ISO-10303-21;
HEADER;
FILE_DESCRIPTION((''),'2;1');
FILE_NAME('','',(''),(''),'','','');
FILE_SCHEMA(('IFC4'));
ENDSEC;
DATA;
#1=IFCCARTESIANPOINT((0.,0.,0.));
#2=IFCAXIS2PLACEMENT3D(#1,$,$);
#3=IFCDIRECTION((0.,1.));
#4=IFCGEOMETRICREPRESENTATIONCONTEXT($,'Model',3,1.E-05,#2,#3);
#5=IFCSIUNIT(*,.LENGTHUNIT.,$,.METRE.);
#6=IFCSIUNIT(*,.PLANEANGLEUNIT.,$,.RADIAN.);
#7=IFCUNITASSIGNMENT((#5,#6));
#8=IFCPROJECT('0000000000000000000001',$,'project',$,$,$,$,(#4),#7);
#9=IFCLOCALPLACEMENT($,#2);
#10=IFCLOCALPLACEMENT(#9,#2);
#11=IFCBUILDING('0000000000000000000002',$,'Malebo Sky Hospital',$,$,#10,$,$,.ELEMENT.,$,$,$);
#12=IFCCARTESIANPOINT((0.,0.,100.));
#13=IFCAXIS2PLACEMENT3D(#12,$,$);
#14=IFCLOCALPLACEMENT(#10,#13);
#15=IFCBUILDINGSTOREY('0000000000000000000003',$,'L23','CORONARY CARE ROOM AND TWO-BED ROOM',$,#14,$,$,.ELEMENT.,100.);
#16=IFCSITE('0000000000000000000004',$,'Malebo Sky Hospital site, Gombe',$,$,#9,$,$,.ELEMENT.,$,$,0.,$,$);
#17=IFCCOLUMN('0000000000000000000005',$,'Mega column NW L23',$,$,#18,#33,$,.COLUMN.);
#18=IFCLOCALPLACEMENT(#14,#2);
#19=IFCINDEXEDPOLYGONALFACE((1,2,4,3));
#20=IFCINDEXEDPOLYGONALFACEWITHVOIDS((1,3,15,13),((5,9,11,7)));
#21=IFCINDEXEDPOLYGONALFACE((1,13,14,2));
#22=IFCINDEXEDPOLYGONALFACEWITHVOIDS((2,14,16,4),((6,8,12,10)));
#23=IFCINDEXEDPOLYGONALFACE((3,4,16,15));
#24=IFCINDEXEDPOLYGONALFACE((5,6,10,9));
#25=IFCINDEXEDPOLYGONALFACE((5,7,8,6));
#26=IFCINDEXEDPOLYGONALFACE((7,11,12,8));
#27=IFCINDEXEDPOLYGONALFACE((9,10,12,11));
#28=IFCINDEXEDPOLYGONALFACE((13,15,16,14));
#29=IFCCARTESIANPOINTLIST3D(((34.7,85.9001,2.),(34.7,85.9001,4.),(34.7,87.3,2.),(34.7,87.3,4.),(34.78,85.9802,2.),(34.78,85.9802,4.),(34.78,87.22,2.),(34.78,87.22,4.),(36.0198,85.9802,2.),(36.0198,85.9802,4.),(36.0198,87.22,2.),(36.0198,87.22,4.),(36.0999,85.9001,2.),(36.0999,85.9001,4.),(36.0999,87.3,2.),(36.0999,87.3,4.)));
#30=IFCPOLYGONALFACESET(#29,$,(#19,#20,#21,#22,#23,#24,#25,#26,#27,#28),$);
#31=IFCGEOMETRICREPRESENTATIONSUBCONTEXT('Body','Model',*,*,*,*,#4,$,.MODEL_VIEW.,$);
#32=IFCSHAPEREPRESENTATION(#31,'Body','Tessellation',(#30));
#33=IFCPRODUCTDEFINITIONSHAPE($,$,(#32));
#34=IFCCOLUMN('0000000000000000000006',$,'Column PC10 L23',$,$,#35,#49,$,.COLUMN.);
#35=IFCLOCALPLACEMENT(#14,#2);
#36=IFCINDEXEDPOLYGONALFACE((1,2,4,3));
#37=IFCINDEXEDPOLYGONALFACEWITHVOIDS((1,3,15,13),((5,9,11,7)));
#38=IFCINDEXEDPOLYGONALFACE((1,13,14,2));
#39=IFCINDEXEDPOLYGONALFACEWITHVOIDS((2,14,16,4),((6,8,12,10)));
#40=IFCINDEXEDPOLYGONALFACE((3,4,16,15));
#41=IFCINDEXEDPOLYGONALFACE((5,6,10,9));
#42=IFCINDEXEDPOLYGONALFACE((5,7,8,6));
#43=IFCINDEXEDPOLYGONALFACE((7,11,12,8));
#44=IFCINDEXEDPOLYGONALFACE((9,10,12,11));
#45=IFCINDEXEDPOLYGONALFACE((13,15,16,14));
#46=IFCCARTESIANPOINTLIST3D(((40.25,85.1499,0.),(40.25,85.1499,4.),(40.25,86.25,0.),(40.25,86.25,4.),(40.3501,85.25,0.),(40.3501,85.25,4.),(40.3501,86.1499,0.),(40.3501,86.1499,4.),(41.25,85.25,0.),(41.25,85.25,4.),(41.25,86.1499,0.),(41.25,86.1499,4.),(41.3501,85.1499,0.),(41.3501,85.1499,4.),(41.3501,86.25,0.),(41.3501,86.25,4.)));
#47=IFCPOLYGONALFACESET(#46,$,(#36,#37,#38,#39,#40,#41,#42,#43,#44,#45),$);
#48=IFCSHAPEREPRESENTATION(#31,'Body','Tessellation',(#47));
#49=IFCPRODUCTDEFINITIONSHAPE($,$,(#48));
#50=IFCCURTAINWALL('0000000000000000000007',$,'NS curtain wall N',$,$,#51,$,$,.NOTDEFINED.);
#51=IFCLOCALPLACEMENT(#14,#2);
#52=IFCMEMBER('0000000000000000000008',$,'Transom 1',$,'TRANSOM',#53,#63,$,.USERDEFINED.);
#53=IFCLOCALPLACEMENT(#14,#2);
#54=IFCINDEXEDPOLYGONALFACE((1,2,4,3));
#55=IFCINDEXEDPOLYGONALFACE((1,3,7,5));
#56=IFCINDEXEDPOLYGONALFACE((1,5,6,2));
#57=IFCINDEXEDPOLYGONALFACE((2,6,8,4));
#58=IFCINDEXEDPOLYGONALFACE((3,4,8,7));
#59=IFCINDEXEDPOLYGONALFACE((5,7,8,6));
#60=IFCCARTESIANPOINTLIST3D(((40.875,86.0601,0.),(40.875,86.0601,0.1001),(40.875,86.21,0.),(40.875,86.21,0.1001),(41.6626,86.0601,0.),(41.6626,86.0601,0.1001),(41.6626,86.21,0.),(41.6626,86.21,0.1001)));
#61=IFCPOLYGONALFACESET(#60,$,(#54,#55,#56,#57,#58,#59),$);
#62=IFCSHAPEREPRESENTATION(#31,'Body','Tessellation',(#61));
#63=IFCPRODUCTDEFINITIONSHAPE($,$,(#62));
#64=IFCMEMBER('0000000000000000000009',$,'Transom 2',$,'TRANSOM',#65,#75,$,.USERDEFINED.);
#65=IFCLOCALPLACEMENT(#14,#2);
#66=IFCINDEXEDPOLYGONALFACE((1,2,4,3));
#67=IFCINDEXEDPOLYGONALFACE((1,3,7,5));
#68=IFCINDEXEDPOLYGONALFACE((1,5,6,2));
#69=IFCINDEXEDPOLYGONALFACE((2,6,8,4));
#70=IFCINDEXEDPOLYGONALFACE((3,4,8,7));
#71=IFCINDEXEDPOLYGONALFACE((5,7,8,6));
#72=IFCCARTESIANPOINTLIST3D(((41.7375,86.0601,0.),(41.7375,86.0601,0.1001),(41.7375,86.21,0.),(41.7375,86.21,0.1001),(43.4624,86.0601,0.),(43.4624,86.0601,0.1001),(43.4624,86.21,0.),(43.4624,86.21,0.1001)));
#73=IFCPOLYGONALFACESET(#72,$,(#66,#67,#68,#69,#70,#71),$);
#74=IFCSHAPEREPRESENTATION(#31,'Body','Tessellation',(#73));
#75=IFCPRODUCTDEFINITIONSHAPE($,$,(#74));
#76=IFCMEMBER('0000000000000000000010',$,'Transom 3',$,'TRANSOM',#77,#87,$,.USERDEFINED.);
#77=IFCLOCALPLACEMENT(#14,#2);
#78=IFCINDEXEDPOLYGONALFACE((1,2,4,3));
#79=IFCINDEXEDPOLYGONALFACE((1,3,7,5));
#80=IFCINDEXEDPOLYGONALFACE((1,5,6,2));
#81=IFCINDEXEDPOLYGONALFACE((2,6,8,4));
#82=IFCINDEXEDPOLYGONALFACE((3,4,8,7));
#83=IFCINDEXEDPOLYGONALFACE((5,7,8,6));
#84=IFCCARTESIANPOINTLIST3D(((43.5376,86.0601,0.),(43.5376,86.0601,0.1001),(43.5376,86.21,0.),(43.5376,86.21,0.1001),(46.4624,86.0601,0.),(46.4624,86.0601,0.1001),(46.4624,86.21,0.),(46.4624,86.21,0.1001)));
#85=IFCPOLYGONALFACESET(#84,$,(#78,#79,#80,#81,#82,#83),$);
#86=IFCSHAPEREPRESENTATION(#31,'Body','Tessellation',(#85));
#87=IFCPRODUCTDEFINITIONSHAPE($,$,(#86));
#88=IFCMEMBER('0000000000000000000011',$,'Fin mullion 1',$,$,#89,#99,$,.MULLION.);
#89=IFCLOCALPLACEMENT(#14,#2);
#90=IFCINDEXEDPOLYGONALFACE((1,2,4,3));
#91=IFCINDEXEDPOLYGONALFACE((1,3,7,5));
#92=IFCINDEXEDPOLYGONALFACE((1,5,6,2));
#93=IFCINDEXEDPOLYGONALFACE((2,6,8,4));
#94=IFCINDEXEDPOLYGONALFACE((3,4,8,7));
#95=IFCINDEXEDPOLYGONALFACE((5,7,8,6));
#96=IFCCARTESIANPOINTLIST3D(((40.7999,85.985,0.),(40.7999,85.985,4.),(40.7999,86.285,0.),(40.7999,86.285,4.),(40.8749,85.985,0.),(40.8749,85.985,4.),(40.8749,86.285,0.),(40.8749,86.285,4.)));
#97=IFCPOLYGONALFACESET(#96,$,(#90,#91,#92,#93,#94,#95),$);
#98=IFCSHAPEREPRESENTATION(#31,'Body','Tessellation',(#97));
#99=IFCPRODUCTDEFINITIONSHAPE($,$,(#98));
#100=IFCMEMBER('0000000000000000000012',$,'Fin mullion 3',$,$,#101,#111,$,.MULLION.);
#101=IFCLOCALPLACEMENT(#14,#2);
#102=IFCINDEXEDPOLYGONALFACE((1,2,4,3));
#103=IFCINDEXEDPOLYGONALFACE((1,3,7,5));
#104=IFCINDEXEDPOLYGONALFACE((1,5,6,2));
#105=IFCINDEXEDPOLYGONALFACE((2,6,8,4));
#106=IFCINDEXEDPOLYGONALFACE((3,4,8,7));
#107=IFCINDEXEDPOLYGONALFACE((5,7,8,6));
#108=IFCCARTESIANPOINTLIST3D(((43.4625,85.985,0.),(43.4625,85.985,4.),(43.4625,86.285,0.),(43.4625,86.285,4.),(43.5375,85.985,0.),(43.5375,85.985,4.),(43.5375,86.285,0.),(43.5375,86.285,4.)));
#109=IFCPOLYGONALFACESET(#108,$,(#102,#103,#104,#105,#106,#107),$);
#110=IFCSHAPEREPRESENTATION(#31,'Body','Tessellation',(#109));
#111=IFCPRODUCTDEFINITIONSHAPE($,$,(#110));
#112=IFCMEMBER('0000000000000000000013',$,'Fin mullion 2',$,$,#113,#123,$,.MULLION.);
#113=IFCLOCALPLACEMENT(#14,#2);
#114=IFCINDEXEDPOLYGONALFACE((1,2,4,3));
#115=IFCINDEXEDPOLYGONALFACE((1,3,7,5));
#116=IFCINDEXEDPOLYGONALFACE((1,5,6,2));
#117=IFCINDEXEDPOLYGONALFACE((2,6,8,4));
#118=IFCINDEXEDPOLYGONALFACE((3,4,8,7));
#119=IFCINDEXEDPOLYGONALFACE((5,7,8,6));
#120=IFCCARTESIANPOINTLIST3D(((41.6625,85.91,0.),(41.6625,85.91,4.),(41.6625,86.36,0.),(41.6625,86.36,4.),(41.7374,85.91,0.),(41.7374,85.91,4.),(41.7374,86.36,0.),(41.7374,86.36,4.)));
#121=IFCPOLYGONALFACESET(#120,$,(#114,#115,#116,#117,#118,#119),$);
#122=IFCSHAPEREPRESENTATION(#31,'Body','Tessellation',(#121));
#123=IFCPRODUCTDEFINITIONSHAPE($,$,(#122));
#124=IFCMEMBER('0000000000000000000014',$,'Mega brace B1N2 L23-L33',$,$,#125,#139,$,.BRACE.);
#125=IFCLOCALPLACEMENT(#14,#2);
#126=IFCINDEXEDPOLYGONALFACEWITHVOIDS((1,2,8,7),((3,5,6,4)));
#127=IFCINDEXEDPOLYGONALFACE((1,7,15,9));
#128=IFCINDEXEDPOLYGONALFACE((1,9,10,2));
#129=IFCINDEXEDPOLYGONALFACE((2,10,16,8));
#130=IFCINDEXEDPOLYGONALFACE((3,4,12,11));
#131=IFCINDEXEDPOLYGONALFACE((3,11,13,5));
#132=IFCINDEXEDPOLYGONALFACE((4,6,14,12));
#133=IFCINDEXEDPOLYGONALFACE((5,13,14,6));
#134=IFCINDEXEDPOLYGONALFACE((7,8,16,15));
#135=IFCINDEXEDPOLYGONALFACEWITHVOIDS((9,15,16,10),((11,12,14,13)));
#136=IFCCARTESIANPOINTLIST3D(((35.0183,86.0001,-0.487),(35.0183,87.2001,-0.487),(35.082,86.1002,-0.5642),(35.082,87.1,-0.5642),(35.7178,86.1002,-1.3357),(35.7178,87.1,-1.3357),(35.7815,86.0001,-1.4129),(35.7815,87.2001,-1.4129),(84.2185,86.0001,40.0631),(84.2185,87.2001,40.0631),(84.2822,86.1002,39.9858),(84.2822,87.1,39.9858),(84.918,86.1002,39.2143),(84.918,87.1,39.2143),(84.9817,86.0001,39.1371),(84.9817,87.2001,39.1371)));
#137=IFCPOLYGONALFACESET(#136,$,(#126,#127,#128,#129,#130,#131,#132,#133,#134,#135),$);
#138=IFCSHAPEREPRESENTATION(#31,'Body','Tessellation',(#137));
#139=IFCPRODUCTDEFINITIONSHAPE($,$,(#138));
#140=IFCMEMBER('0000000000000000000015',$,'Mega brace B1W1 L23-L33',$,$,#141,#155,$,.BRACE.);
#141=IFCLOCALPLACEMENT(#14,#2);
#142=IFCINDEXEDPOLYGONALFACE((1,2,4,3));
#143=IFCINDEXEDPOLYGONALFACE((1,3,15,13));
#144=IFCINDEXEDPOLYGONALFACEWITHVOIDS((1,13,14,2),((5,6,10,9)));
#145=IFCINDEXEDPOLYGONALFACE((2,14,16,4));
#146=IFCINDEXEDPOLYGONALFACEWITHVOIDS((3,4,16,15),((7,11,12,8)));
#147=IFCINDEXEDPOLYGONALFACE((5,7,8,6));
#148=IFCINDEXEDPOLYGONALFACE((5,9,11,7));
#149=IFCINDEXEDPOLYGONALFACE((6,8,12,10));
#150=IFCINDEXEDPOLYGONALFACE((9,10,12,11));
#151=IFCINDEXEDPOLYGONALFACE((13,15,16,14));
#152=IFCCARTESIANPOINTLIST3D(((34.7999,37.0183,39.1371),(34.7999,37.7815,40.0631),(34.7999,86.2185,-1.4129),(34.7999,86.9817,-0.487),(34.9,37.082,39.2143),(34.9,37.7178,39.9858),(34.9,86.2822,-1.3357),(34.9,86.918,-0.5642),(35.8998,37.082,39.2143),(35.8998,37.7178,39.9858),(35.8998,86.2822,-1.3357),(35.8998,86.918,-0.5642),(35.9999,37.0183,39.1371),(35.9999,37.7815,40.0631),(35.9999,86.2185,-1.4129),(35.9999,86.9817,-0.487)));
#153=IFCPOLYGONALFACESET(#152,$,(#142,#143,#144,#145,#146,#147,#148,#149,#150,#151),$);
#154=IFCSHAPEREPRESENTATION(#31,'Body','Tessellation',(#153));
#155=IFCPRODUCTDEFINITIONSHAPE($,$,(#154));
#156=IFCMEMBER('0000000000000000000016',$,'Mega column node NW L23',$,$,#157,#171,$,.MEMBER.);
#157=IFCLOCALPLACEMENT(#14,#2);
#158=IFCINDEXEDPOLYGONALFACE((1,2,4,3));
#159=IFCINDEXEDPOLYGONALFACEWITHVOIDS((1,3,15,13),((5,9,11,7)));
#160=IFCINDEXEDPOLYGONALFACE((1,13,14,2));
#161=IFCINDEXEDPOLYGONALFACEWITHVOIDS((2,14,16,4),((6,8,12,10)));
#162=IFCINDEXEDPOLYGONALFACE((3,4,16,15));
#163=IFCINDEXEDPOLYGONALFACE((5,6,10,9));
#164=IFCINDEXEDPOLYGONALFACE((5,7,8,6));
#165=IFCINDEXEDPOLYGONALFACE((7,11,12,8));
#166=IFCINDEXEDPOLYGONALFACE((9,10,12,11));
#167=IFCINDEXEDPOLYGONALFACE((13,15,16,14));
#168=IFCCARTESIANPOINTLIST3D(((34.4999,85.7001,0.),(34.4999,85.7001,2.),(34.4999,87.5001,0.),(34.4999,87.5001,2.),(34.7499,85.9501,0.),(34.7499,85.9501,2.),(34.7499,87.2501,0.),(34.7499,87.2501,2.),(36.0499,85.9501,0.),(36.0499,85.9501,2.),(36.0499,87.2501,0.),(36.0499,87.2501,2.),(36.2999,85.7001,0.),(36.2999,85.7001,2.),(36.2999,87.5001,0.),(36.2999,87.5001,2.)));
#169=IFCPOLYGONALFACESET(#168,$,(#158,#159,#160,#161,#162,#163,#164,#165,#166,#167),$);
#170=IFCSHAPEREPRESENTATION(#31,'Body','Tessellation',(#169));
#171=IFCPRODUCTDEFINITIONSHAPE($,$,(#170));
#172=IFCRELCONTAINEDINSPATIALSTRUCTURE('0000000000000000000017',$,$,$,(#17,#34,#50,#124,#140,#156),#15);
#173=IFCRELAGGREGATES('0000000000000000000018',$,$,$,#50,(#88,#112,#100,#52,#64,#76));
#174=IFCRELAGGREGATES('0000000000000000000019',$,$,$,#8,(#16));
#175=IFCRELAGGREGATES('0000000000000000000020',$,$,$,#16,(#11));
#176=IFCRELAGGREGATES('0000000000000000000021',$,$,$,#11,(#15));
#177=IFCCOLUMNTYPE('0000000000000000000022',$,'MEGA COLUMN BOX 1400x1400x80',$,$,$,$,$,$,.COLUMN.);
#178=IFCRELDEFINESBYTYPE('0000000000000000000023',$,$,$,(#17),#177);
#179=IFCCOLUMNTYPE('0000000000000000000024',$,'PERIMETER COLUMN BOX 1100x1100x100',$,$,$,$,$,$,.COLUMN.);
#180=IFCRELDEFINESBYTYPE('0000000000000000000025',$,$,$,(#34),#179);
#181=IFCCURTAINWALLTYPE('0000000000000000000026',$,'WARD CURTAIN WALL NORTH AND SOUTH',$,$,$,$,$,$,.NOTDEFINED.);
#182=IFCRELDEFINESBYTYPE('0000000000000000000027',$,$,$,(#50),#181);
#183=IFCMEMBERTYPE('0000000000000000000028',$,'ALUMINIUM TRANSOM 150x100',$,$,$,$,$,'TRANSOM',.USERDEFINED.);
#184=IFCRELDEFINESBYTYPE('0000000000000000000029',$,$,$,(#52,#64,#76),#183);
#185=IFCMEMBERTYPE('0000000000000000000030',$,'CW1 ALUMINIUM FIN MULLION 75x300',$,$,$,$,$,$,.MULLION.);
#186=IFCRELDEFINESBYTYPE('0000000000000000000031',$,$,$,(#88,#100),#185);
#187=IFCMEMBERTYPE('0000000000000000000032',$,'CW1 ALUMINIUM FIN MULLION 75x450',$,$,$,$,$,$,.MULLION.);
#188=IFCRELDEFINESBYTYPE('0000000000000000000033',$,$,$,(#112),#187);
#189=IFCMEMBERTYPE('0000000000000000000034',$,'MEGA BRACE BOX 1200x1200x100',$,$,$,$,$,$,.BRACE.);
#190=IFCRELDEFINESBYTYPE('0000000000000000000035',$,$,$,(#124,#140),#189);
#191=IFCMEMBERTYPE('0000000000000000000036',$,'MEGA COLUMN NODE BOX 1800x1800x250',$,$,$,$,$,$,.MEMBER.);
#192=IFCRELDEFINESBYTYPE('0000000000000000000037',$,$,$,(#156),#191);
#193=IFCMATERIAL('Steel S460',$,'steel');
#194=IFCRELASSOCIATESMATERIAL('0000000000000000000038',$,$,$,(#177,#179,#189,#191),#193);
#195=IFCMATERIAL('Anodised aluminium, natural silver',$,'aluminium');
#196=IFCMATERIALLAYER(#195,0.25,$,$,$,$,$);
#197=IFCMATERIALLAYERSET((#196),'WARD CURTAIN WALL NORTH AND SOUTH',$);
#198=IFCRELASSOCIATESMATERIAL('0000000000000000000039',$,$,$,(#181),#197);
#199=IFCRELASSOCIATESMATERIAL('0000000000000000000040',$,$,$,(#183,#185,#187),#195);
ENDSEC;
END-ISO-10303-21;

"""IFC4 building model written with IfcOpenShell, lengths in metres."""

from ifc_helpers import new_model, si_unit, direction, frame, origin, origin_2d, place, context, subcontext, project, spatial, rectangle, hollow_rectangle, extrude, material, layer, layer_set, material_profile, profile_set, type_object, element, aggregate, save


model = new_model("IFC4")

# Units and contexts
model_context = context("Model", 3, precision=1e-05, world=origin(), true_north=direction((0.0, 1.0)))
body_context = subcontext(model_context, "Body", "Model", "MODEL_VIEW")
ifc_project = project(units=[si_unit("LENGTHUNIT", "METRE"), si_unit("PLANEANGLEUNIT", "RADIAN")], contexts=[model_context])

# Site, building, storey
site_placement = place(None, origin())
site = spatial("IfcSite", under=ifc_project, at=site_placement, Name="Malebo Sky Hospital site, Gombe", CompositionType="ELEMENT", RefElevation=0.0)
building_placement = place(site_placement, origin())
building = spatial("IfcBuilding", under=site, at=building_placement, Name="Malebo Sky Hospital", CompositionType="ELEMENT")
storey_placement = place(building_placement, frame((0.0, 0.0, 100.0)))
storey = spatial("IfcBuildingStorey", under=building, at=storey_placement, Name="L23", Description="CORONARY CARE ROOM AND TWO-BED ROOM", CompositionType="ELEMENT", Elevation=100.0)

# Columns
ifc_material_1 = material(Name="Steel S460", Category="steel")
ifc_material_profile_1 = material_profile(ifc_material_1, hollow_rectangle(XDim=1.3999, YDim=1.3999, WallThickness=0.0801, at=origin_2d()), Name="BOX 1400x1400x80")
ifc_profile_set_1 = profile_set([ifc_material_profile_1], Name="Steel S460")
column_type_1 = type_object("IfcColumnType", Name="MEGA COLUMN BOX 1400x1400x80", PredefinedType="COLUMN", material=ifc_profile_set_1)
column_1_placement = place(storey_placement, frame((35.3999, 86.6001, 2.0), z_axis=(0.0, 0.0, 1.0), x_axis=(1.0, 0.0, 0.0)))
element("IfcColumn", 1, at=column_1_placement, inside=storey, type_object=column_type_1, Name="Mega column NW L23", PredefinedType="COLUMN", context=body_context, shape_type="SweptSolid", body=[
    extrude(hollow_rectangle(XDim=1.3999, YDim=1.3999, WallThickness=0.0801, at=origin_2d()), origin(), (0.0, 0.0, 1.0), 2.0),
])
ifc_material_profile_2 = material_profile(ifc_material_1, hollow_rectangle(XDim=1.1001, YDim=1.1001, WallThickness=0.1001, at=origin_2d()), Name="BOX 1100x1100x100")
ifc_profile_set_2 = profile_set([ifc_material_profile_2], Name="Steel S460")
column_type_2 = type_object("IfcColumnType", Name="PERIMETER COLUMN BOX 1100x1100x100", PredefinedType="COLUMN", material=ifc_profile_set_2)
column_2_placement = place(storey_placement, frame((40.8, 85.7, 0.0), z_axis=(0.0, 0.0, 1.0), x_axis=(1.0, 0.0, 0.0)))
element("IfcColumn", 2, at=column_2_placement, inside=storey, type_object=column_type_2, Name="Column PC10 L23", PredefinedType="COLUMN", context=body_context, shape_type="SweptSolid", body=[
    extrude(hollow_rectangle(XDim=1.1001, YDim=1.1001, WallThickness=0.1001, at=origin_2d()), origin(), (0.0, 0.0, 1.0), 4.0),
])

# Curtain wall, members
ifc_material_2 = material(Name="Anodised aluminium, natural silver", Category="aluminium")
ifc_layer_1 = layer(ifc_material_2, 0.25)
ifc_layer_set_1 = layer_set([ifc_layer_1], Name="WARD CURTAIN WALL NORTH AND SOUTH")
curtain_wall_type = type_object("IfcCurtainWallType", Name="WARD CURTAIN WALL NORTH AND SOUTH", PredefinedType="NOTDEFINED", material=ifc_layer_set_1)
curtain_wall_placement = place(storey_placement, origin())
curtain_wall = element("IfcCurtainWall", 3, at=curtain_wall_placement, inside=storey, type_object=curtain_wall_type, Name="NS curtain wall N", PredefinedType="NOTDEFINED")
ifc_material_profile_3 = material_profile(ifc_material_2, rectangle(XDim=0.1499, YDim=0.1001, at=origin_2d()), Name="ALUMINIUM TRANSOM 150x100")
ifc_profile_set_3 = profile_set([ifc_material_profile_3], Name="Anodised aluminium, natural silver")
member_type_1 = type_object("IfcMemberType", Name="ALUMINIUM TRANSOM 150x100", ElementType="TRANSOM", PredefinedType="USERDEFINED", material=ifc_profile_set_3)
member_1_placement = place(storey_placement, frame((40.875, 86.135, 0.05), z_axis=(1.0, 0.0, 0.0), x_axis=(0.0, 1.0, 0.0)))
member_1 = element("IfcMember", 4, at=member_1_placement, type_object=member_type_1, Name="Transom 1", ObjectType="TRANSOM", PredefinedType="USERDEFINED", context=body_context, shape_type="SweptSolid", body=[
    extrude(rectangle(XDim=0.1499, YDim=0.1001, at=origin_2d()), origin(), (0.0, 0.0, 1.0), 0.7876),
])
member_2_placement = place(storey_placement, frame((41.7375, 86.135, 0.05), z_axis=(1.0, 0.0, 0.0), x_axis=(0.0, 1.0, 0.0)))
member_2 = element("IfcMember", 5, at=member_2_placement, type_object=member_type_1, Name="Transom 2", ObjectType="TRANSOM", PredefinedType="USERDEFINED", context=body_context, shape_type="SweptSolid", body=[
    extrude(rectangle(XDim=0.1499, YDim=0.1001, at=origin_2d()), origin(), (0.0, 0.0, 1.0), 1.7249),
])
member_3_placement = place(storey_placement, frame((43.5376, 86.135, 0.05), z_axis=(1.0, 0.0, 0.0), x_axis=(0.0, 1.0, 0.0)))
member_3 = element("IfcMember", 6, at=member_3_placement, type_object=member_type_1, Name="Transom 3", ObjectType="TRANSOM", PredefinedType="USERDEFINED", context=body_context, shape_type="SweptSolid", body=[
    extrude(rectangle(XDim=0.1499, YDim=0.1001, at=origin_2d()), origin(), (0.0, 0.0, 1.0), 2.9248),
])
ifc_material_profile_4 = material_profile(ifc_material_2, rectangle(XDim=0.075, YDim=0.3, at=origin_2d()), Name="CW1 ALUMINIUM FIN MULLION 75x300")
ifc_profile_set_4 = profile_set([ifc_material_profile_4], Name="Anodised aluminium, natural silver")
member_type_2 = type_object("IfcMemberType", Name="CW1 ALUMINIUM FIN MULLION 75x300", PredefinedType="MULLION", material=ifc_profile_set_4)
member_4_placement = place(storey_placement, frame((40.8374, 86.135, 0.0), z_axis=(0.0, 0.0, 1.0), x_axis=(1.0, 0.0, 0.0)))
member_4 = element("IfcMember", 7, at=member_4_placement, type_object=member_type_2, Name="Fin mullion 1", PredefinedType="MULLION", context=body_context, shape_type="SweptSolid", body=[
    extrude(rectangle(XDim=0.075, YDim=0.3, at=origin_2d()), origin(), (0.0, 0.0, 1.0), 4.0),
])
member_5_placement = place(storey_placement, frame((43.5, 86.135, 0.0), z_axis=(0.0, 0.0, 1.0), x_axis=(1.0, 0.0, 0.0)))
member_5 = element("IfcMember", 8, at=member_5_placement, type_object=member_type_2, Name="Fin mullion 3", PredefinedType="MULLION", context=body_context, shape_type="SweptSolid", body=[
    extrude(rectangle(XDim=0.075, YDim=0.3, at=origin_2d()), origin(), (0.0, 0.0, 1.0), 4.0),
])
ifc_material_profile_5 = material_profile(ifc_material_2, rectangle(XDim=0.075, YDim=0.45, at=origin_2d()), Name="CW1 ALUMINIUM FIN MULLION 75x450")
ifc_profile_set_5 = profile_set([ifc_material_profile_5], Name="Anodised aluminium, natural silver")
member_type_3 = type_object("IfcMemberType", Name="CW1 ALUMINIUM FIN MULLION 75x450", PredefinedType="MULLION", material=ifc_profile_set_5)
member_6_placement = place(storey_placement, frame((41.7, 86.135, 0.0), z_axis=(0.0, 0.0, 1.0), x_axis=(1.0, 0.0, 0.0)))
member_6 = element("IfcMember", 9, at=member_6_placement, type_object=member_type_3, Name="Fin mullion 2", PredefinedType="MULLION", context=body_context, shape_type="SweptSolid", body=[
    extrude(rectangle(XDim=0.075, YDim=0.45, at=origin_2d()), origin(), (0.0, 0.0, 1.0), 4.0),
])

# Members
ifc_material_profile_6 = material_profile(ifc_material_1, hollow_rectangle(XDim=1.2, YDim=1.2, WallThickness=0.1001, at=origin_2d()), Name="BOX 1200x1200x100")
ifc_profile_set_6 = profile_set([ifc_material_profile_6], Name="Steel S460")
member_type_4 = type_object("IfcMemberType", Name="MEGA BRACE BOX 1200x1200x100", PredefinedType="BRACE", material=ifc_profile_set_6)
for number, where, z_axis, x_axis, name in (
    (10, (35.3999, 86.6001, -0.95), (0.771682, 0.0, 0.636009), (0.0, 1.0, 0.0), "Mega brace B1N2 L23-L33"),
    (11, (35.3999, 86.6001, -0.95), (0.0, -0.771682, 0.636009), (1.0, 0.0, 0.0), "Mega brace B1W1 L23-L33"),
):
    element("IfcMember", number, at=place(storey_placement, frame(where, z_axis=z_axis, x_axis=x_axis)), inside=storey, type_object=member_type_4, Name=name, PredefinedType="BRACE", context=body_context, shape_type="SweptSolid", body=[
        extrude(hollow_rectangle(XDim=1.2, YDim=1.2, WallThickness=0.1001, at=origin_2d()), origin(), (0.0, 0.0, 1.0), 63.7571),
    ])
ifc_material_profile_7 = material_profile(ifc_material_1, hollow_rectangle(XDim=1.8, YDim=1.8, WallThickness=0.25, at=origin_2d()), Name="BOX 1800x1800x250")
ifc_profile_set_7 = profile_set([ifc_material_profile_7], Name="Steel S460")
member_type_5 = type_object("IfcMemberType", Name="MEGA COLUMN NODE BOX 1800x1800x250", PredefinedType="MEMBER", material=ifc_profile_set_7)
member_7_placement = place(storey_placement, frame((35.3999, 86.6001, 0.0), z_axis=(0.0, 0.0, 1.0), x_axis=(1.0, 0.0, 0.0)))
element("IfcMember", 12, at=member_7_placement, inside=storey, type_object=member_type_5, Name="Mega column node NW L23", PredefinedType="MEMBER", context=body_context, shape_type="SweptSolid", body=[
    extrude(hollow_rectangle(XDim=1.8, YDim=1.8, WallThickness=0.25, at=origin_2d()), origin(), (0.0, 0.0, 1.0), 2.0),
])

aggregate(curtain_wall, [member_4, member_6, member_5, member_1, member_2, member_3])

save(model, "model.ifc")
